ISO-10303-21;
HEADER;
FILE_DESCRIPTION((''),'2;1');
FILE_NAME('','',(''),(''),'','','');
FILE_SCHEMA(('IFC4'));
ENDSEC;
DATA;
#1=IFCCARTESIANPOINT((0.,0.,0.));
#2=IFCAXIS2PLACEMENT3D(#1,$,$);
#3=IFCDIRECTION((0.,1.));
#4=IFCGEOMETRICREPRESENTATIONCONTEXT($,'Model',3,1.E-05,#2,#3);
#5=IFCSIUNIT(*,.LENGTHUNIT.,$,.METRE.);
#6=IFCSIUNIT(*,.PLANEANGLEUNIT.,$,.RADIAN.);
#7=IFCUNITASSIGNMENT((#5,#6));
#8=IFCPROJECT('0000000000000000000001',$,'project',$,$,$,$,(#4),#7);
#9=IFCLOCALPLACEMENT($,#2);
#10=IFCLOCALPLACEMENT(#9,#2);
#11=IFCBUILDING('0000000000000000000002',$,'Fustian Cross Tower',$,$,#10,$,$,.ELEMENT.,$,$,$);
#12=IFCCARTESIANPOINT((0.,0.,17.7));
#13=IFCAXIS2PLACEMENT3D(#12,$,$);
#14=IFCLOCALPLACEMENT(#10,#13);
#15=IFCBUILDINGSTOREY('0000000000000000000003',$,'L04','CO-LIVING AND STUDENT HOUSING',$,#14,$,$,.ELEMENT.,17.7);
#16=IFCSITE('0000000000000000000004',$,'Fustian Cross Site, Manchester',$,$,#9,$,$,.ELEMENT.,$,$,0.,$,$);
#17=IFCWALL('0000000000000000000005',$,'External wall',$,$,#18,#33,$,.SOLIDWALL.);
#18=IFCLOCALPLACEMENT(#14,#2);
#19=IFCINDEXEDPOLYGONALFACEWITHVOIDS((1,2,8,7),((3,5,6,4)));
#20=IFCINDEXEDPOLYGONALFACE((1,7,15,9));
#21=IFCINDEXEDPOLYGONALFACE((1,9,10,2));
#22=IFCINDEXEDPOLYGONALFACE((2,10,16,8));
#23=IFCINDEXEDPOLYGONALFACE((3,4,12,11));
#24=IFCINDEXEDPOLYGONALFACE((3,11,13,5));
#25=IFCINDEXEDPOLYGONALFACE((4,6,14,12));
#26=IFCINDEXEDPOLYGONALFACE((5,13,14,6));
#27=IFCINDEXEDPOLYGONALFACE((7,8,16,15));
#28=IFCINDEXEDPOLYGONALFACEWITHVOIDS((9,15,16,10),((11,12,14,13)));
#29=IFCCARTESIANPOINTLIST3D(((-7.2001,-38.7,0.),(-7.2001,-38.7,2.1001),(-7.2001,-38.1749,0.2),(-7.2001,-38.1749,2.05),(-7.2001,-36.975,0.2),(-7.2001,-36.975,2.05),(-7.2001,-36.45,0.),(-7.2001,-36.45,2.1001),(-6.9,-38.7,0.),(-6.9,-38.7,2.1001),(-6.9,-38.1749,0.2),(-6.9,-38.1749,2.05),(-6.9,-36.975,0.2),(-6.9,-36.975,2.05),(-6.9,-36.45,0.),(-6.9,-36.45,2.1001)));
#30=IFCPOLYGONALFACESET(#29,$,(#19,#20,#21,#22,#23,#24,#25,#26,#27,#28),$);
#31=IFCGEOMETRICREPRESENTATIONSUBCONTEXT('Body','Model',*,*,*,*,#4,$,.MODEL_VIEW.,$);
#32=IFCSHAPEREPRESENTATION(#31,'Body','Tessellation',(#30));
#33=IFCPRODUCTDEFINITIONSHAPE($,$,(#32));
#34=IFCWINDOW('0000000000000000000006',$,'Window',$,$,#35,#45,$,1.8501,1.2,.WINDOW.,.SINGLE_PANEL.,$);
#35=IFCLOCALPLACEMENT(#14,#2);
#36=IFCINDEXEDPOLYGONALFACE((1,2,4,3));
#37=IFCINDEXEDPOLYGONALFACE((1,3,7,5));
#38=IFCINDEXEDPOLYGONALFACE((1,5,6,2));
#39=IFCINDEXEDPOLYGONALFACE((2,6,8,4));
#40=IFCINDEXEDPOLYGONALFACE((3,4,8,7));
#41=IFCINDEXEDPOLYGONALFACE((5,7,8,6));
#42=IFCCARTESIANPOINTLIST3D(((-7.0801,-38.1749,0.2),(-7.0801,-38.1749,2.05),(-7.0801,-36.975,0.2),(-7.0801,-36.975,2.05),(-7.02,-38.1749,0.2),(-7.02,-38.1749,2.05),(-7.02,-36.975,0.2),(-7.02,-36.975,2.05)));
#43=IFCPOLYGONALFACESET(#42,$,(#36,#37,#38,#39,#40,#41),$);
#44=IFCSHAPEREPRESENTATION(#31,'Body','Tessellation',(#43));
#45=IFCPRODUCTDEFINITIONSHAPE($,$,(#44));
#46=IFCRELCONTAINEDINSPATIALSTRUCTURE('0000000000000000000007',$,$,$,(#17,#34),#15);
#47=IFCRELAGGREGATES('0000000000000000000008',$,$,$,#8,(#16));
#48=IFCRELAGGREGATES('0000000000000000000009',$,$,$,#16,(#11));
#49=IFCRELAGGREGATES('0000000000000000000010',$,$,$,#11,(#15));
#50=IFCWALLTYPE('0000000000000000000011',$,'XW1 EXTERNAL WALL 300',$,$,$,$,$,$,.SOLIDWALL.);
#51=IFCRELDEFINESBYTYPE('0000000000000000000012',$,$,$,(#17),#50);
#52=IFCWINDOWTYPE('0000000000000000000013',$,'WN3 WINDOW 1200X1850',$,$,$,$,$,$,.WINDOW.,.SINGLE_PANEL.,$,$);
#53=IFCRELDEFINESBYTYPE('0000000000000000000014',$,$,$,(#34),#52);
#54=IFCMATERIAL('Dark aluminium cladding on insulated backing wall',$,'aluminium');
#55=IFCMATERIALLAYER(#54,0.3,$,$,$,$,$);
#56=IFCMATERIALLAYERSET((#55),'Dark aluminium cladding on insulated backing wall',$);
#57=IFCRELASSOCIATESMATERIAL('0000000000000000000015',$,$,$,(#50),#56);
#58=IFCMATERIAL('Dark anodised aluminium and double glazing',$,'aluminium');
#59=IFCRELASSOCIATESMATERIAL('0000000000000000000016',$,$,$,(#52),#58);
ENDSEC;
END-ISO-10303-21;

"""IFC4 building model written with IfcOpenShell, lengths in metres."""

from ifc_helpers import new_model, si_unit, direction, frame, frame_2d, origin, place, context, subcontext, project, spatial, rectangle, extrude, material, layer, layer_set, type_object, element, fill, save


model = new_model("IFC4")

# Units and contexts
model_context = context("Model", 3, precision=1e-05, world=origin(), true_north=direction((0.0, 1.0)))
body_context = subcontext(model_context, "Body", "Model", "MODEL_VIEW")
ifc_project = project(units=[si_unit("LENGTHUNIT", "METRE"), si_unit("PLANEANGLEUNIT", "RADIAN")], contexts=[model_context])

# Site, building, storey
site_placement = place(None, origin())
site = spatial("IfcSite", under=ifc_project, at=site_placement, Name="Fustian Cross Site, Manchester", CompositionType="ELEMENT", RefElevation=0.0)
building_placement = place(site_placement, origin())
building = spatial("IfcBuilding", under=site, at=building_placement, Name="Fustian Cross Tower", CompositionType="ELEMENT")
storey_placement = place(building_placement, frame((0.0, 0.0, 17.7)))
storey = spatial("IfcBuildingStorey", under=building, at=storey_placement, Name="L04", Description="CO-LIVING AND STUDENT HOUSING", CompositionType="ELEMENT", Elevation=17.7)

# Wall, opening, window
ifc_material_1 = material(Name="Dark aluminium cladding on insulated backing wall", Category="aluminium")
ifc_layer_1 = layer(ifc_material_1, 0.3)
ifc_layer_set_1 = layer_set([ifc_layer_1], Name="Dark aluminium cladding on insulated backing wall")
wall_type_1 = type_object("IfcWallType", Name="XW1 EXTERNAL WALL 300", PredefinedType="SOLIDWALL", material=ifc_layer_set_1)
wall_1_placement = place(storey_placement, frame((-7.05, -36.45, 0.0), z_axis=(0.0, 0.0, 1.0), x_axis=(0.0, -1.0, 0.0)))
wall_1 = element("IfcWall", 1, at=wall_1_placement, inside=storey, type_object=wall_type_1, Name="External wall", PredefinedType="SOLIDWALL", context=body_context, shape_type="SweptSolid", body=[
    extrude(rectangle(XDim=2.25, YDim=0.3, at=frame_2d((1.125, 0.0))), origin(), (0.0, 0.0, 1.0), 2.1001),
])
opening_1_placement = place(wall_1_placement, frame((0.5249, 0.0, 0.2)))
opening_1 = element("IfcOpeningElement", 2, at=opening_1_placement, cuts=wall_1, PredefinedType="OPENING", context=body_context, shape_type="SweptSolid", body=[
    extrude(rectangle(XDim=1.2, YDim=1.8501, at=frame_2d((0.6001, 0.925))), frame((0.0, 0.1599, 0.0), z_axis=(0.0, -1.0, 0.0), x_axis=(1.0, 0.0, 0.0)), (0.0, 0.0, 1.0), 0.3201),
])
ifc_material_2 = material(Name="Dark anodised aluminium and double glazing", Category="aluminium")
window_type = type_object("IfcWindowType", Name="WN3 WINDOW 1200X1850", PartitioningType="SINGLE_PANEL", PredefinedType="WINDOW", material=ifc_material_2)
window_placement = place(opening_1_placement, origin())
window = element("IfcWindow", 3, at=window_placement, inside=storey, type_object=window_type, Name="Window", OverallHeight=1.8501, OverallWidth=1.2, PartitioningType="SINGLE_PANEL", PredefinedType="WINDOW", context=body_context, shape_type="SweptSolid", body=[
    extrude(rectangle(XDim=1.2, YDim=1.8501, at=frame_2d((0.6001, 0.925))), frame((0.0, 0.03, 0.0), z_axis=(0.0, -1.0, 0.0), x_axis=(1.0, 0.0, 0.0)), (0.0, 0.0, 1.0), 0.0601),
])
fill(opening_1, window)

save(model, "model.ifc")
